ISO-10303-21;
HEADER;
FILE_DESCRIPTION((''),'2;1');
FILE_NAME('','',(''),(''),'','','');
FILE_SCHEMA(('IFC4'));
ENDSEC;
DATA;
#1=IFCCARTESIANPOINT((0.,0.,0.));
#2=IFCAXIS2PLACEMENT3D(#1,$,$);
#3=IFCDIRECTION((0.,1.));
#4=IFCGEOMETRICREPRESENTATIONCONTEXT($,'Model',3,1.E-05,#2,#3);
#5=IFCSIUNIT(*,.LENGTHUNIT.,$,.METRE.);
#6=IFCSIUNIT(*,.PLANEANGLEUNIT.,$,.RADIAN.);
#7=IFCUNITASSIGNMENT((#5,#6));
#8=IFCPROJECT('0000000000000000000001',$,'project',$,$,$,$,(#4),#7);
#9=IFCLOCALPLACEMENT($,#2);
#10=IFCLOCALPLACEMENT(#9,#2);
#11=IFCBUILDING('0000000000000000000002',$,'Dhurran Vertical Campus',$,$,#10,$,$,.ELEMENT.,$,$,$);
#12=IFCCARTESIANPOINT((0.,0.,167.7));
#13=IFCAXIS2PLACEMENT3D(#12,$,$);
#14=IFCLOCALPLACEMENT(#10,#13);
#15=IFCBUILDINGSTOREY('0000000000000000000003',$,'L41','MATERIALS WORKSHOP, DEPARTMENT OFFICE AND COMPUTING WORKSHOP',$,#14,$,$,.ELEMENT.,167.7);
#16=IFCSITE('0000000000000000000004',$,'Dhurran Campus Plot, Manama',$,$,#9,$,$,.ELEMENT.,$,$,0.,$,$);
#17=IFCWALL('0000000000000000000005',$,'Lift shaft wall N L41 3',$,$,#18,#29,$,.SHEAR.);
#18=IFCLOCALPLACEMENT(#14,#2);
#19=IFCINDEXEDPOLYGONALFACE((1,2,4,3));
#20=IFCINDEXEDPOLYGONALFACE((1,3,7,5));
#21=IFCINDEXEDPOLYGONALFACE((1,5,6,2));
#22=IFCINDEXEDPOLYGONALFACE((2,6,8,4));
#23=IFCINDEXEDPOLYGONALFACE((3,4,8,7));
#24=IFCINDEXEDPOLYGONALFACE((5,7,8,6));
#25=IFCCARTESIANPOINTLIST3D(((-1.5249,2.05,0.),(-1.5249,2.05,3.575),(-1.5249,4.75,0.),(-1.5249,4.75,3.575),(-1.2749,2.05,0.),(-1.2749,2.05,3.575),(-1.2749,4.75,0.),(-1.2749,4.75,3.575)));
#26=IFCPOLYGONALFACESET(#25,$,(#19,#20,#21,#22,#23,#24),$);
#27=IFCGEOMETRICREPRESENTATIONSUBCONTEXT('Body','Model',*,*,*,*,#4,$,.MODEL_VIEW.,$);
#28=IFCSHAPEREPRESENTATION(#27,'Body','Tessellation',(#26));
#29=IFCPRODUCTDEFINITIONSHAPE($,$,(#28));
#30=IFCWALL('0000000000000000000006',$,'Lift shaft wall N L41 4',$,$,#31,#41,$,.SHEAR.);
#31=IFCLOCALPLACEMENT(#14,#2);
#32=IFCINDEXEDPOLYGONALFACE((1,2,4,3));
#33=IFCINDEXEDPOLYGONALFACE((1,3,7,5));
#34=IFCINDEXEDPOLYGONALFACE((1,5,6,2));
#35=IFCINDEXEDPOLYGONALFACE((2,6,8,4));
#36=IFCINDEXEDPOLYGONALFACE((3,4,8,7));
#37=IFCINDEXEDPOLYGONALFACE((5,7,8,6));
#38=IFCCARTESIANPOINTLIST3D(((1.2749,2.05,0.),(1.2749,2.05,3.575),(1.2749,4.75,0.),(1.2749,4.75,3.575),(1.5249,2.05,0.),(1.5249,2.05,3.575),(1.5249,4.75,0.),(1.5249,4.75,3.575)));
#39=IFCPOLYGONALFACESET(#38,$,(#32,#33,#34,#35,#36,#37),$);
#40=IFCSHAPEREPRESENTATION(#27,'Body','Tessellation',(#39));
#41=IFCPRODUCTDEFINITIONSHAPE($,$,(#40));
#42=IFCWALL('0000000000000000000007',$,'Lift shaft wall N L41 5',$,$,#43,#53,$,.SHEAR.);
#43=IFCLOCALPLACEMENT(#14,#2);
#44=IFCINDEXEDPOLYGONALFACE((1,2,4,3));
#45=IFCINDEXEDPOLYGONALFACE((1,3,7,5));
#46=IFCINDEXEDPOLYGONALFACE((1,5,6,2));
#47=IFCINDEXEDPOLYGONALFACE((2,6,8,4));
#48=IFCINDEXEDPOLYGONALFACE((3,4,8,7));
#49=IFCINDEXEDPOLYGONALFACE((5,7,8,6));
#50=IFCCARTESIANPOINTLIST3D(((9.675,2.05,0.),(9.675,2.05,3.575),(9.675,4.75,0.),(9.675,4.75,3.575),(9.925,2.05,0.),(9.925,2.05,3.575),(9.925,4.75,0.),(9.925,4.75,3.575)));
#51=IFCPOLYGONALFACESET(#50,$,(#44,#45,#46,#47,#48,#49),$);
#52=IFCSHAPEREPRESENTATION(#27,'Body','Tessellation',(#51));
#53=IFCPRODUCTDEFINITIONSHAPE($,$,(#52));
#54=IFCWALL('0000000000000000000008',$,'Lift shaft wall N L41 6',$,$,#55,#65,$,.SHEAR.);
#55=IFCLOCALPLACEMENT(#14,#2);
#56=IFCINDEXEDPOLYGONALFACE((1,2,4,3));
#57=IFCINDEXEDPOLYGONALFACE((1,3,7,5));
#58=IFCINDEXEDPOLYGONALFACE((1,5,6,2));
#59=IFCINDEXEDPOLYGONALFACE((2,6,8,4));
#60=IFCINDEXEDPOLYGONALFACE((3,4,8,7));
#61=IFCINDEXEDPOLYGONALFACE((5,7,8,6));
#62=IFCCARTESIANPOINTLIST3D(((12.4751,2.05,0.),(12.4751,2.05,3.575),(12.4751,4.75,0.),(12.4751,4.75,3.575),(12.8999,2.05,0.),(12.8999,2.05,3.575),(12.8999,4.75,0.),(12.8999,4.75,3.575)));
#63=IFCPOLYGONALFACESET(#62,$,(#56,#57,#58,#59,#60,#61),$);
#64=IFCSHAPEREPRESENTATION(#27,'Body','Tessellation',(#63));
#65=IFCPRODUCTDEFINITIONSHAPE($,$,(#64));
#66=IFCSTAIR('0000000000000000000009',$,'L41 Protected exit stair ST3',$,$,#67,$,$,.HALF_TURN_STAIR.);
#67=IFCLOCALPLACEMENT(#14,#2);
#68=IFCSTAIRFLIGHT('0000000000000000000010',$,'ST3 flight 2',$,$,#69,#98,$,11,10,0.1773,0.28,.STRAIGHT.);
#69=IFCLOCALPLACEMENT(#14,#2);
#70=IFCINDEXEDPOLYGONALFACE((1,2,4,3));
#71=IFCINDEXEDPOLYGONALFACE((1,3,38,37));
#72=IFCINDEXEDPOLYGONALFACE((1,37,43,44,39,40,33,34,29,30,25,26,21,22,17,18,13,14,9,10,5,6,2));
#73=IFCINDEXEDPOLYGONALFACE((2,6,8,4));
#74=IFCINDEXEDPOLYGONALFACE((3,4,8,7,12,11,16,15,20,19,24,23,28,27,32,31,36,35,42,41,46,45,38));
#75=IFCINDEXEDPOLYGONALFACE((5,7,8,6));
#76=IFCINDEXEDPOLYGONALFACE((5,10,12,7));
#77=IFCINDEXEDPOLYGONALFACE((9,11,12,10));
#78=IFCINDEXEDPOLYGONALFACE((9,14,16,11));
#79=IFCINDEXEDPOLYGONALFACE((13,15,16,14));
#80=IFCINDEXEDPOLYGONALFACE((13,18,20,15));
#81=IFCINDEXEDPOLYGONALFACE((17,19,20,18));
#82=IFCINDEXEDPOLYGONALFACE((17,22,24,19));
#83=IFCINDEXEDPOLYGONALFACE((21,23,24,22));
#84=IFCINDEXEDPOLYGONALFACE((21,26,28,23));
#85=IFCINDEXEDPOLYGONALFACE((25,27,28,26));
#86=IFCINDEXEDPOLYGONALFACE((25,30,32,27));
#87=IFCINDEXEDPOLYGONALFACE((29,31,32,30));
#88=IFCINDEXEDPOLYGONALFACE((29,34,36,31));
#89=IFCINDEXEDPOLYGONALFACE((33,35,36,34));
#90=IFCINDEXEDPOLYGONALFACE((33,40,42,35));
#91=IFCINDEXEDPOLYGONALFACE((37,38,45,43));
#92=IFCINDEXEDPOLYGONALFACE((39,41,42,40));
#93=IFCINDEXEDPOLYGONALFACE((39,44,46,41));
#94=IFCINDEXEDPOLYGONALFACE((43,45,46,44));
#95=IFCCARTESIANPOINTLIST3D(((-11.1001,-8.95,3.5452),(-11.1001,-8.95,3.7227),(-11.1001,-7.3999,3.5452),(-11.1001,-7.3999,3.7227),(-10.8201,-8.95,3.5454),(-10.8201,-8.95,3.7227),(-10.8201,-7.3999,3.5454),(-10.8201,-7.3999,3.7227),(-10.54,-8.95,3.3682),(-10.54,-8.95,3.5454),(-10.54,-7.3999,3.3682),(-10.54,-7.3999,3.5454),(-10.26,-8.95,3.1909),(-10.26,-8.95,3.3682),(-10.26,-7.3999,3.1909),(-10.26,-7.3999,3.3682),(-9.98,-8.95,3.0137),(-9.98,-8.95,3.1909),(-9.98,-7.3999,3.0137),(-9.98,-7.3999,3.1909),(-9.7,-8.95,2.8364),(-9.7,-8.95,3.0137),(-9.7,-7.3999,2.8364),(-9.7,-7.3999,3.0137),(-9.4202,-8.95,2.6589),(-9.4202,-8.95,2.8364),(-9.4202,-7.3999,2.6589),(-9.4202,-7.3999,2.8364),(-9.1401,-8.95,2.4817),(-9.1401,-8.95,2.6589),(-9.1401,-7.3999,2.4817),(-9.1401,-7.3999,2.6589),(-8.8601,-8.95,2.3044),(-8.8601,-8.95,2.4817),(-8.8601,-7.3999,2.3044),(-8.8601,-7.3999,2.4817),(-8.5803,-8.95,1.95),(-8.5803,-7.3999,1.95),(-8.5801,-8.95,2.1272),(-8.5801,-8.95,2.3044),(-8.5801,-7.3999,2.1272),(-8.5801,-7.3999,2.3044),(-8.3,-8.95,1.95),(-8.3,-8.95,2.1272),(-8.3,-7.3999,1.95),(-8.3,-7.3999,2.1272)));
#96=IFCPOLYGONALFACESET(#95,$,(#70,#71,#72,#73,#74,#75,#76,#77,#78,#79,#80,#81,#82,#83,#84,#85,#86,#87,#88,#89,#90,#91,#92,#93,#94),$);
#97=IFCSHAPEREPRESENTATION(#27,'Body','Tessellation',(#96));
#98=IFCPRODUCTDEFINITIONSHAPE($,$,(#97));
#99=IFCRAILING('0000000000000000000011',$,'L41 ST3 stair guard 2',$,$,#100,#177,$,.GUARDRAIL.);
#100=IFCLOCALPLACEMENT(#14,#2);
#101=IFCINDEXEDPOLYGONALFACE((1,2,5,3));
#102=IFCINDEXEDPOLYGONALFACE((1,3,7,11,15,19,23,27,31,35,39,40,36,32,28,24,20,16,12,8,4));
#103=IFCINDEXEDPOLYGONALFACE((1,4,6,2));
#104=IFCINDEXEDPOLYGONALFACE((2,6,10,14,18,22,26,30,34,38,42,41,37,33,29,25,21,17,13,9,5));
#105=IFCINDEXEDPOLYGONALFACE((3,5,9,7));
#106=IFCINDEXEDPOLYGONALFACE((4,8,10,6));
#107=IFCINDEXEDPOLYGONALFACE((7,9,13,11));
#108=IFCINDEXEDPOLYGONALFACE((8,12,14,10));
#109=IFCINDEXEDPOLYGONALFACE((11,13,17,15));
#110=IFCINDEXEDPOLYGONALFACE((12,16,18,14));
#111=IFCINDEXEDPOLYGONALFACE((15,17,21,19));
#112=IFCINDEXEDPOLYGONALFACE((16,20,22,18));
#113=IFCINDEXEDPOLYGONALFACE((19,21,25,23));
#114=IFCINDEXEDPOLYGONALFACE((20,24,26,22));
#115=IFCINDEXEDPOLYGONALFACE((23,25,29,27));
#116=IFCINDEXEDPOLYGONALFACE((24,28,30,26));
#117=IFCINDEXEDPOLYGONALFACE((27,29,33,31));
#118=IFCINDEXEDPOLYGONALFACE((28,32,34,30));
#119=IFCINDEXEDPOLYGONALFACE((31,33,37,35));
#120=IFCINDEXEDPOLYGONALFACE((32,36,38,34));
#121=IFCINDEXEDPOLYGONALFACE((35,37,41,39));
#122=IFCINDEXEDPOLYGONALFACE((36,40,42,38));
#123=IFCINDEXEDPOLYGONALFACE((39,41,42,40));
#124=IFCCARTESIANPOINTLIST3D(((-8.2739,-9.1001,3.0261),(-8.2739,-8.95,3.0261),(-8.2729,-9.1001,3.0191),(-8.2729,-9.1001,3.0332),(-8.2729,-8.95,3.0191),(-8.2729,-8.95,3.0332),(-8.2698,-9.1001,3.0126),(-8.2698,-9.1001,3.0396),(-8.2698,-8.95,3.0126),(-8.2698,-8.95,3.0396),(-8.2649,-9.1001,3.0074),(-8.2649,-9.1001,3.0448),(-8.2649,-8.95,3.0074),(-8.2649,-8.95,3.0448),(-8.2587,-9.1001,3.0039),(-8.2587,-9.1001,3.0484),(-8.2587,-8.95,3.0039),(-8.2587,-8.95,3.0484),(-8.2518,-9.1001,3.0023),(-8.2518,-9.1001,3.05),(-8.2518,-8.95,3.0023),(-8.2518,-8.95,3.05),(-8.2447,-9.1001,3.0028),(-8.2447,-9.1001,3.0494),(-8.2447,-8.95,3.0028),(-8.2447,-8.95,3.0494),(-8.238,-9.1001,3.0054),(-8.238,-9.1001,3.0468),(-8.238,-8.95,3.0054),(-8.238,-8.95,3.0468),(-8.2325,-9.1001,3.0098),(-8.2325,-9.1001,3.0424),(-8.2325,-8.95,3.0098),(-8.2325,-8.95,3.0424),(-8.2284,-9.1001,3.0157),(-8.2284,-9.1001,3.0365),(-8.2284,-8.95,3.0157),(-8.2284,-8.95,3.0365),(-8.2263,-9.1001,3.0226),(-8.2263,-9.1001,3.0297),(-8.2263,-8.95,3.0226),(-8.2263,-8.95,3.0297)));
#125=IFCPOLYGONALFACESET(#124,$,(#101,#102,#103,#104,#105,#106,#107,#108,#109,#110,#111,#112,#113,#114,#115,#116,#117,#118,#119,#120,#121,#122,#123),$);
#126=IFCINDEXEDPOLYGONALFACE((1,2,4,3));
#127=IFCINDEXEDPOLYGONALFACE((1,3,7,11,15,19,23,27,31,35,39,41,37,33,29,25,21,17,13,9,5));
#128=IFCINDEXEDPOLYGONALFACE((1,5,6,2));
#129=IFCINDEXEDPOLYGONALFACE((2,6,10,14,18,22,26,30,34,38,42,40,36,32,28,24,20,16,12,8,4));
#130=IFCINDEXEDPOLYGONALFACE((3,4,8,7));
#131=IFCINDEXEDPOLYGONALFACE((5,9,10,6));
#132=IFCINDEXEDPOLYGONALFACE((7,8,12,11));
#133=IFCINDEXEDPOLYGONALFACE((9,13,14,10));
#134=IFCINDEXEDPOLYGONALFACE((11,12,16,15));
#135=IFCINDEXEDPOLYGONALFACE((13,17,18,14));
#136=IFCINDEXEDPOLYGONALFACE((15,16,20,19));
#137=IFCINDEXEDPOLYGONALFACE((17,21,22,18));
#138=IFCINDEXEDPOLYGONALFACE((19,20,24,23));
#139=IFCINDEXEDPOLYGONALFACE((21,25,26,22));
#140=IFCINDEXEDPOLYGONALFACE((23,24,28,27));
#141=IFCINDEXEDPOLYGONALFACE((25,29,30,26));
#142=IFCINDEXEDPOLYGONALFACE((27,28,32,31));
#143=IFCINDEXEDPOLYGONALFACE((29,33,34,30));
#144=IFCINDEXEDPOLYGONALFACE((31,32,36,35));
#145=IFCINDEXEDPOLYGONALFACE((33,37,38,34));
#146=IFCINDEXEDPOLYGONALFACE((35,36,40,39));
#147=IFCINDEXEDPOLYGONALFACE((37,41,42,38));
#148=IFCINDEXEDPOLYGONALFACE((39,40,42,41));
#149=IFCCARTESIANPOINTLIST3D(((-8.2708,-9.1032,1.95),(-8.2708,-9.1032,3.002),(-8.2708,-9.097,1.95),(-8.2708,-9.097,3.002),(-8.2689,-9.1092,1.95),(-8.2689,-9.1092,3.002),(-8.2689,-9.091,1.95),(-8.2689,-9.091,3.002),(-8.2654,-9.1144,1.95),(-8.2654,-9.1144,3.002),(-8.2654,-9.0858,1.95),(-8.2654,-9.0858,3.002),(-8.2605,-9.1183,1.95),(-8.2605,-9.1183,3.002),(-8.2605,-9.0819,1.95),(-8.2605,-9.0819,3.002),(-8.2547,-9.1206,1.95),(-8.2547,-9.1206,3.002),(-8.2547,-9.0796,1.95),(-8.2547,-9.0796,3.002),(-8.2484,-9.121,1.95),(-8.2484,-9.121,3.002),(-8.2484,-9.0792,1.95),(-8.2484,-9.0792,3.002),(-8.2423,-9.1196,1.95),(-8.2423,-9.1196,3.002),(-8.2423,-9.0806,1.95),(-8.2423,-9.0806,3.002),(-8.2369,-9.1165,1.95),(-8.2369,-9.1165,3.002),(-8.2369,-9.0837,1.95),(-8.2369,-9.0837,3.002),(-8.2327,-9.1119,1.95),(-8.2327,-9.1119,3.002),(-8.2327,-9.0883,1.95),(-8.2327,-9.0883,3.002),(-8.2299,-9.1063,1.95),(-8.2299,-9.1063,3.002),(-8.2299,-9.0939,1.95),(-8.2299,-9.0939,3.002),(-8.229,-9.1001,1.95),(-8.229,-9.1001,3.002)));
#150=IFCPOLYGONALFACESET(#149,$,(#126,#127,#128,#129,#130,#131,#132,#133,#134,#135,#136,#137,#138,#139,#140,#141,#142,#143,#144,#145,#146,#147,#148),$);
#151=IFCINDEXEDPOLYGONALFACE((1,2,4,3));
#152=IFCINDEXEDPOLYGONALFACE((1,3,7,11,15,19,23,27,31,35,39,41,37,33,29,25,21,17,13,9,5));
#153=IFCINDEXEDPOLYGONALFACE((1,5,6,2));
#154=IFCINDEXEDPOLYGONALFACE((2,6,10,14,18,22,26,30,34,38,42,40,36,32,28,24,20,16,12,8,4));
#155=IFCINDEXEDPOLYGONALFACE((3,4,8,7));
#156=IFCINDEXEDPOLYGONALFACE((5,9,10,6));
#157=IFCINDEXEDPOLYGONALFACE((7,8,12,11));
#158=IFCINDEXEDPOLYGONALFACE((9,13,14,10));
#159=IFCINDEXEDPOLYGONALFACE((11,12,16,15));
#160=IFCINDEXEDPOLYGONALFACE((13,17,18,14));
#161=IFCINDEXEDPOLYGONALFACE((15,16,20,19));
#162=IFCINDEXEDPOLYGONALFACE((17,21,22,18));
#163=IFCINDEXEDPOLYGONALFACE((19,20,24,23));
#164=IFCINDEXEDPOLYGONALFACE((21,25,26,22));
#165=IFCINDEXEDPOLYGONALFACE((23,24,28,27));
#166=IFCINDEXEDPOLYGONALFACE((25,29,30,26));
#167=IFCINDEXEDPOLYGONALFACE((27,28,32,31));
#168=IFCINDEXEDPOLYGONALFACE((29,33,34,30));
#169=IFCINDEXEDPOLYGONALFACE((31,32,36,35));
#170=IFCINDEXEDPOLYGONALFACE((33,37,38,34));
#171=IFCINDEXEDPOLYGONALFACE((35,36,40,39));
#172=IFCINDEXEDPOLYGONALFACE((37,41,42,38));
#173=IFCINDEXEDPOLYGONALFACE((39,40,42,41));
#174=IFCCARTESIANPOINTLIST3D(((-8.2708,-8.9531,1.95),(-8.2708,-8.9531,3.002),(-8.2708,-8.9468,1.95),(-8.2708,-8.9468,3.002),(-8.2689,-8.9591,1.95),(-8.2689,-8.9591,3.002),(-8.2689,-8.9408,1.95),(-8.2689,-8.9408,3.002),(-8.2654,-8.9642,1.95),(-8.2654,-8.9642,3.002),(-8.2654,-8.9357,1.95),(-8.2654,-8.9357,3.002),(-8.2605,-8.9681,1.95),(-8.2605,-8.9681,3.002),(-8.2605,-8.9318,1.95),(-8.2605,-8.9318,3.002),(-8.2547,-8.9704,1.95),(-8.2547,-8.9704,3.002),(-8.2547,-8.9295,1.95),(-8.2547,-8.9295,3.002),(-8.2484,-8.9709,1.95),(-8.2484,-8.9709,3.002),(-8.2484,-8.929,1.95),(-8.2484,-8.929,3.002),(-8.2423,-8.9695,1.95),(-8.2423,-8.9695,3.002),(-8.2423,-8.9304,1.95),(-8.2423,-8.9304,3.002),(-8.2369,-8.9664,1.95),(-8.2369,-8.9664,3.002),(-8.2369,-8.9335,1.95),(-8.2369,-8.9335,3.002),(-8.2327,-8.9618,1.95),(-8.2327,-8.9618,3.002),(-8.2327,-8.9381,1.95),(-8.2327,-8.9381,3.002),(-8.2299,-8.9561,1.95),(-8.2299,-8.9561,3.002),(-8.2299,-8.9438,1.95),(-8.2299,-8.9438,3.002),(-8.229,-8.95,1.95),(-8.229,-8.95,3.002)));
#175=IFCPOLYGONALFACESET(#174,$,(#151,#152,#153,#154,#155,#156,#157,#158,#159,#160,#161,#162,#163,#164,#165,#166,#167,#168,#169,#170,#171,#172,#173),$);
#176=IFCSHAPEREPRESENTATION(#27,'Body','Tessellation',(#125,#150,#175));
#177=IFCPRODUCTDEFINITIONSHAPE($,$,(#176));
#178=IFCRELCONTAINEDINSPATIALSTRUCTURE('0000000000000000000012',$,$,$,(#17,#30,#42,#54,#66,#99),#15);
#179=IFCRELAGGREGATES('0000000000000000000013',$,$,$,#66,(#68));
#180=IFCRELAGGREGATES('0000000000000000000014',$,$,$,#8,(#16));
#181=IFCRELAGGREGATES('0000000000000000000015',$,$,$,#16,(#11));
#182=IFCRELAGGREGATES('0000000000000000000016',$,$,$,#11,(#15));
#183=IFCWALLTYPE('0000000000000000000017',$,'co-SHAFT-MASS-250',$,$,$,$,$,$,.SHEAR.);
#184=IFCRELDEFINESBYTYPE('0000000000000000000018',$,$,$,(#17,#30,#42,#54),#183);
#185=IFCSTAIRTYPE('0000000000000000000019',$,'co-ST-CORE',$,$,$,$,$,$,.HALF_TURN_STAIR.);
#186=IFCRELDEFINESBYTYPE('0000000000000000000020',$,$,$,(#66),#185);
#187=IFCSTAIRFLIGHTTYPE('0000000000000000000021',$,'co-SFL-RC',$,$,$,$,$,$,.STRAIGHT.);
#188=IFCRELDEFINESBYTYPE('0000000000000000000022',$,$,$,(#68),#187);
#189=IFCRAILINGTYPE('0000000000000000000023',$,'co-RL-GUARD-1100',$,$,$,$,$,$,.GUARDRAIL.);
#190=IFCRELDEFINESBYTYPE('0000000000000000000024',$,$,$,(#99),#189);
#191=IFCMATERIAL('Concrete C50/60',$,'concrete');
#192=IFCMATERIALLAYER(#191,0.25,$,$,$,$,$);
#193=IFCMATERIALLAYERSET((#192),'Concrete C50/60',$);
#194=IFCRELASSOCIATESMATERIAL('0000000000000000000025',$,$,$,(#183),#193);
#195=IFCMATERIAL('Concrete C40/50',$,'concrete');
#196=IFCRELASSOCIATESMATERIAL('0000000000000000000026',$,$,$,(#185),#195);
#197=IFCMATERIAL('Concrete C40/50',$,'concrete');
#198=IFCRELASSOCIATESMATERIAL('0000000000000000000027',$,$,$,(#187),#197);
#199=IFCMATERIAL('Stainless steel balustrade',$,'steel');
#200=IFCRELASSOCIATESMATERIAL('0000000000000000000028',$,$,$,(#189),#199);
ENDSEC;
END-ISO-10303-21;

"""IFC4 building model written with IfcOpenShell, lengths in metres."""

from ifc_helpers import new_model, si_unit, direction, frame, origin, origin_2d, place, context, subcontext, project, spatial, polyline, circle, outline, extrude, material, layer, layer_set, type_object, element, aggregate, save


model = new_model("IFC4")

# Units and contexts
model_context = context("Model", 3, precision=1e-05, world=origin(), true_north=direction((0.0, 1.0)))
body_context = subcontext(model_context, "Body", "Model", "MODEL_VIEW")
ifc_project = project(units=[si_unit("LENGTHUNIT", "METRE"), si_unit("PLANEANGLEUNIT", "RADIAN")], contexts=[model_context])

# Site, building, storey
site_placement = place(None, origin())
site = spatial("IfcSite", under=ifc_project, at=site_placement, Name="Dhurran Campus Plot, Manama", CompositionType="ELEMENT", RefElevation=0.0)
building_placement = place(site_placement, origin())
building = spatial("IfcBuilding", under=site, at=building_placement, Name="Dhurran Vertical Campus", CompositionType="ELEMENT")
storey_placement = place(building_placement, frame((0.0, 0.0, 167.7)))
storey = spatial("IfcBuildingStorey", under=building, at=storey_placement, Name="L41", Description="MATERIALS WORKSHOP, DEPARTMENT OFFICE AND COMPUTING WORKSHOP", CompositionType="ELEMENT", Elevation=167.7)

# Walls
ifc_material_1 = material(Name="Concrete C50/60", Category="concrete")
ifc_layer_1 = layer(ifc_material_1, 0.25)
ifc_layer_set_1 = layer_set([ifc_layer_1], Name="Concrete C50/60")
wall_type_1 = type_object("IfcWallType", Name="co-SHAFT-MASS-250", PredefinedType="SHEAR", material=ifc_layer_set_1)
wall_1_placement = place(storey_placement, origin())
element("IfcWall", 1, at=wall_1_placement, inside=storey, type_object=wall_type_1, Name="Lift shaft wall N L41 3", PredefinedType="SHEAR", context=body_context, shape_type="SweptSolid", body=[
    extrude(outline(polyline([(-1.5249, 2.05), (-1.2749, 2.05), (-1.2749, 4.75), (-1.5249, 4.75), (-1.5249, 2.05)])), origin(), (0.0, 0.0, 1.0), 3.575),
])
wall_2_placement = place(storey_placement, origin())
element("IfcWall", 2, at=wall_2_placement, inside=storey, type_object=wall_type_1, Name="Lift shaft wall N L41 4", PredefinedType="SHEAR", context=body_context, shape_type="SweptSolid", body=[
    extrude(outline(polyline([(1.2749, 2.05), (1.5249, 2.05), (1.5249, 4.75), (1.2749, 4.75), (1.2749, 2.05)])), origin(), (0.0, 0.0, 1.0), 3.575),
])
wall_3_placement = place(storey_placement, origin())
element("IfcWall", 3, at=wall_3_placement, inside=storey, type_object=wall_type_1, Name="Lift shaft wall N L41 5", PredefinedType="SHEAR", context=body_context, shape_type="SweptSolid", body=[
    extrude(outline(polyline([(9.675, 2.05), (9.925, 2.05), (9.925, 4.75), (9.675, 4.75), (9.675, 2.05)])), origin(), (0.0, 0.0, 1.0), 3.575),
])
wall_4_placement = place(storey_placement, origin())
element("IfcWall", 4, at=wall_4_placement, inside=storey, type_object=wall_type_1, Name="Lift shaft wall N L41 6", PredefinedType="SHEAR", context=body_context, shape_type="SweptSolid", body=[
    extrude(outline(polyline([(12.4751, 2.05), (12.8999, 2.05), (12.8999, 4.75), (12.4751, 4.75), (12.4751, 2.05)])), origin(), (0.0, 0.0, 1.0), 3.575),
])

# Stair, stair flight
ifc_material_2 = material(Name="Concrete C40/50", Category="concrete")
stair_type = type_object("IfcStairType", Name="co-ST-CORE", PredefinedType="HALF_TURN_STAIR", material=ifc_material_2)
stair_placement = place(storey_placement, origin())
stair = element("IfcStair", 5, at=stair_placement, inside=storey, type_object=stair_type, Name="L41 Protected exit stair ST3", PredefinedType="HALF_TURN_STAIR")
ifc_material_3 = material(Name="Concrete C40/50", Category="concrete")
stair_flight_type = type_object("IfcStairFlightType", Name="co-SFL-RC", PredefinedType="STRAIGHT", material=ifc_material_3)
stair_flight_placement = place(storey_placement, frame((-8.3, -8.175, 1.95), z_axis=(0.0, 0.0, 1.0), x_axis=(-1.0, 0.0, 0.0)))
stair_flight = element("IfcStairFlight", 6, at=stair_flight_placement, type_object=stair_flight_type, Name="ST3 flight 2", NumberOfRisers=11, NumberOfTreads=10, PredefinedType="STRAIGHT", RiserHeight=0.1773, TreadLength=0.28, context=body_context, shape_type="SweptSolid", body=[
    extrude(outline(polyline([(0.0, 0.0), (0.0, 0.1772), (0.28, 0.1772), (0.28, 0.3545), (0.5601, 0.3545), (0.5601, 0.5317), (0.8401, 0.5317), (0.8401, 0.709), (1.1201, 0.709), (1.1201, 0.8865), (1.3999, 0.8865), (1.3999, 1.0637), (1.6799, 1.0637), (1.6799, 1.241), (1.96, 1.241), (1.96, 1.4182), (2.24, 1.4182), (2.24, 1.5955), (2.52, 1.5955), (2.52, 1.7727), (2.8, 1.7727), (2.8, 1.95), (2.8, 1.5952), (0.2803, 0.0), (0.0, 0.0)])), frame((0.0, 0.7749, 0.0), z_axis=(0.0, -1.0, 0.0), x_axis=(1.0, 0.0, 0.0)), (0.0, 0.0, 1.0), 1.55),
])
aggregate(stair, [stair_flight])

# Railing
ifc_material_4 = material(Name="Stainless steel balustrade", Category="steel")
railing_type_1 = type_object("IfcRailingType", Name="co-RL-GUARD-1100", PredefinedType="GUARDRAIL", material=ifc_material_4)
railing_1_placement = place(storey_placement, frame((-8.25, -9.1001, 1.95)))
element("IfcRailing", 7, at=railing_1_placement, inside=storey, type_object=railing_type_1, Name="L41 ST3 stair guard 2", PredefinedType="GUARDRAIL", context=body_context, shape_type="SweptSolid", body=[
    extrude(circle(Radius=0.0239, at=origin_2d()), frame((0.0, 0.0, 1.0762), z_axis=(0.0, 1.0, 0.0), x_axis=(-1.0, 0.0, 0.0)), (0.0, 0.0, 1.0), 0.1501),
    extrude(circle(Radius=0.021, at=origin_2d()), origin(), (0.0, 0.0, 1.0), 1.052),
    extrude(circle(Radius=0.021, at=origin_2d()), frame((0.0, 0.1501, 0.0)), (0.0, 0.0, 1.0), 1.052),
])

save(model, "model.ifc")
